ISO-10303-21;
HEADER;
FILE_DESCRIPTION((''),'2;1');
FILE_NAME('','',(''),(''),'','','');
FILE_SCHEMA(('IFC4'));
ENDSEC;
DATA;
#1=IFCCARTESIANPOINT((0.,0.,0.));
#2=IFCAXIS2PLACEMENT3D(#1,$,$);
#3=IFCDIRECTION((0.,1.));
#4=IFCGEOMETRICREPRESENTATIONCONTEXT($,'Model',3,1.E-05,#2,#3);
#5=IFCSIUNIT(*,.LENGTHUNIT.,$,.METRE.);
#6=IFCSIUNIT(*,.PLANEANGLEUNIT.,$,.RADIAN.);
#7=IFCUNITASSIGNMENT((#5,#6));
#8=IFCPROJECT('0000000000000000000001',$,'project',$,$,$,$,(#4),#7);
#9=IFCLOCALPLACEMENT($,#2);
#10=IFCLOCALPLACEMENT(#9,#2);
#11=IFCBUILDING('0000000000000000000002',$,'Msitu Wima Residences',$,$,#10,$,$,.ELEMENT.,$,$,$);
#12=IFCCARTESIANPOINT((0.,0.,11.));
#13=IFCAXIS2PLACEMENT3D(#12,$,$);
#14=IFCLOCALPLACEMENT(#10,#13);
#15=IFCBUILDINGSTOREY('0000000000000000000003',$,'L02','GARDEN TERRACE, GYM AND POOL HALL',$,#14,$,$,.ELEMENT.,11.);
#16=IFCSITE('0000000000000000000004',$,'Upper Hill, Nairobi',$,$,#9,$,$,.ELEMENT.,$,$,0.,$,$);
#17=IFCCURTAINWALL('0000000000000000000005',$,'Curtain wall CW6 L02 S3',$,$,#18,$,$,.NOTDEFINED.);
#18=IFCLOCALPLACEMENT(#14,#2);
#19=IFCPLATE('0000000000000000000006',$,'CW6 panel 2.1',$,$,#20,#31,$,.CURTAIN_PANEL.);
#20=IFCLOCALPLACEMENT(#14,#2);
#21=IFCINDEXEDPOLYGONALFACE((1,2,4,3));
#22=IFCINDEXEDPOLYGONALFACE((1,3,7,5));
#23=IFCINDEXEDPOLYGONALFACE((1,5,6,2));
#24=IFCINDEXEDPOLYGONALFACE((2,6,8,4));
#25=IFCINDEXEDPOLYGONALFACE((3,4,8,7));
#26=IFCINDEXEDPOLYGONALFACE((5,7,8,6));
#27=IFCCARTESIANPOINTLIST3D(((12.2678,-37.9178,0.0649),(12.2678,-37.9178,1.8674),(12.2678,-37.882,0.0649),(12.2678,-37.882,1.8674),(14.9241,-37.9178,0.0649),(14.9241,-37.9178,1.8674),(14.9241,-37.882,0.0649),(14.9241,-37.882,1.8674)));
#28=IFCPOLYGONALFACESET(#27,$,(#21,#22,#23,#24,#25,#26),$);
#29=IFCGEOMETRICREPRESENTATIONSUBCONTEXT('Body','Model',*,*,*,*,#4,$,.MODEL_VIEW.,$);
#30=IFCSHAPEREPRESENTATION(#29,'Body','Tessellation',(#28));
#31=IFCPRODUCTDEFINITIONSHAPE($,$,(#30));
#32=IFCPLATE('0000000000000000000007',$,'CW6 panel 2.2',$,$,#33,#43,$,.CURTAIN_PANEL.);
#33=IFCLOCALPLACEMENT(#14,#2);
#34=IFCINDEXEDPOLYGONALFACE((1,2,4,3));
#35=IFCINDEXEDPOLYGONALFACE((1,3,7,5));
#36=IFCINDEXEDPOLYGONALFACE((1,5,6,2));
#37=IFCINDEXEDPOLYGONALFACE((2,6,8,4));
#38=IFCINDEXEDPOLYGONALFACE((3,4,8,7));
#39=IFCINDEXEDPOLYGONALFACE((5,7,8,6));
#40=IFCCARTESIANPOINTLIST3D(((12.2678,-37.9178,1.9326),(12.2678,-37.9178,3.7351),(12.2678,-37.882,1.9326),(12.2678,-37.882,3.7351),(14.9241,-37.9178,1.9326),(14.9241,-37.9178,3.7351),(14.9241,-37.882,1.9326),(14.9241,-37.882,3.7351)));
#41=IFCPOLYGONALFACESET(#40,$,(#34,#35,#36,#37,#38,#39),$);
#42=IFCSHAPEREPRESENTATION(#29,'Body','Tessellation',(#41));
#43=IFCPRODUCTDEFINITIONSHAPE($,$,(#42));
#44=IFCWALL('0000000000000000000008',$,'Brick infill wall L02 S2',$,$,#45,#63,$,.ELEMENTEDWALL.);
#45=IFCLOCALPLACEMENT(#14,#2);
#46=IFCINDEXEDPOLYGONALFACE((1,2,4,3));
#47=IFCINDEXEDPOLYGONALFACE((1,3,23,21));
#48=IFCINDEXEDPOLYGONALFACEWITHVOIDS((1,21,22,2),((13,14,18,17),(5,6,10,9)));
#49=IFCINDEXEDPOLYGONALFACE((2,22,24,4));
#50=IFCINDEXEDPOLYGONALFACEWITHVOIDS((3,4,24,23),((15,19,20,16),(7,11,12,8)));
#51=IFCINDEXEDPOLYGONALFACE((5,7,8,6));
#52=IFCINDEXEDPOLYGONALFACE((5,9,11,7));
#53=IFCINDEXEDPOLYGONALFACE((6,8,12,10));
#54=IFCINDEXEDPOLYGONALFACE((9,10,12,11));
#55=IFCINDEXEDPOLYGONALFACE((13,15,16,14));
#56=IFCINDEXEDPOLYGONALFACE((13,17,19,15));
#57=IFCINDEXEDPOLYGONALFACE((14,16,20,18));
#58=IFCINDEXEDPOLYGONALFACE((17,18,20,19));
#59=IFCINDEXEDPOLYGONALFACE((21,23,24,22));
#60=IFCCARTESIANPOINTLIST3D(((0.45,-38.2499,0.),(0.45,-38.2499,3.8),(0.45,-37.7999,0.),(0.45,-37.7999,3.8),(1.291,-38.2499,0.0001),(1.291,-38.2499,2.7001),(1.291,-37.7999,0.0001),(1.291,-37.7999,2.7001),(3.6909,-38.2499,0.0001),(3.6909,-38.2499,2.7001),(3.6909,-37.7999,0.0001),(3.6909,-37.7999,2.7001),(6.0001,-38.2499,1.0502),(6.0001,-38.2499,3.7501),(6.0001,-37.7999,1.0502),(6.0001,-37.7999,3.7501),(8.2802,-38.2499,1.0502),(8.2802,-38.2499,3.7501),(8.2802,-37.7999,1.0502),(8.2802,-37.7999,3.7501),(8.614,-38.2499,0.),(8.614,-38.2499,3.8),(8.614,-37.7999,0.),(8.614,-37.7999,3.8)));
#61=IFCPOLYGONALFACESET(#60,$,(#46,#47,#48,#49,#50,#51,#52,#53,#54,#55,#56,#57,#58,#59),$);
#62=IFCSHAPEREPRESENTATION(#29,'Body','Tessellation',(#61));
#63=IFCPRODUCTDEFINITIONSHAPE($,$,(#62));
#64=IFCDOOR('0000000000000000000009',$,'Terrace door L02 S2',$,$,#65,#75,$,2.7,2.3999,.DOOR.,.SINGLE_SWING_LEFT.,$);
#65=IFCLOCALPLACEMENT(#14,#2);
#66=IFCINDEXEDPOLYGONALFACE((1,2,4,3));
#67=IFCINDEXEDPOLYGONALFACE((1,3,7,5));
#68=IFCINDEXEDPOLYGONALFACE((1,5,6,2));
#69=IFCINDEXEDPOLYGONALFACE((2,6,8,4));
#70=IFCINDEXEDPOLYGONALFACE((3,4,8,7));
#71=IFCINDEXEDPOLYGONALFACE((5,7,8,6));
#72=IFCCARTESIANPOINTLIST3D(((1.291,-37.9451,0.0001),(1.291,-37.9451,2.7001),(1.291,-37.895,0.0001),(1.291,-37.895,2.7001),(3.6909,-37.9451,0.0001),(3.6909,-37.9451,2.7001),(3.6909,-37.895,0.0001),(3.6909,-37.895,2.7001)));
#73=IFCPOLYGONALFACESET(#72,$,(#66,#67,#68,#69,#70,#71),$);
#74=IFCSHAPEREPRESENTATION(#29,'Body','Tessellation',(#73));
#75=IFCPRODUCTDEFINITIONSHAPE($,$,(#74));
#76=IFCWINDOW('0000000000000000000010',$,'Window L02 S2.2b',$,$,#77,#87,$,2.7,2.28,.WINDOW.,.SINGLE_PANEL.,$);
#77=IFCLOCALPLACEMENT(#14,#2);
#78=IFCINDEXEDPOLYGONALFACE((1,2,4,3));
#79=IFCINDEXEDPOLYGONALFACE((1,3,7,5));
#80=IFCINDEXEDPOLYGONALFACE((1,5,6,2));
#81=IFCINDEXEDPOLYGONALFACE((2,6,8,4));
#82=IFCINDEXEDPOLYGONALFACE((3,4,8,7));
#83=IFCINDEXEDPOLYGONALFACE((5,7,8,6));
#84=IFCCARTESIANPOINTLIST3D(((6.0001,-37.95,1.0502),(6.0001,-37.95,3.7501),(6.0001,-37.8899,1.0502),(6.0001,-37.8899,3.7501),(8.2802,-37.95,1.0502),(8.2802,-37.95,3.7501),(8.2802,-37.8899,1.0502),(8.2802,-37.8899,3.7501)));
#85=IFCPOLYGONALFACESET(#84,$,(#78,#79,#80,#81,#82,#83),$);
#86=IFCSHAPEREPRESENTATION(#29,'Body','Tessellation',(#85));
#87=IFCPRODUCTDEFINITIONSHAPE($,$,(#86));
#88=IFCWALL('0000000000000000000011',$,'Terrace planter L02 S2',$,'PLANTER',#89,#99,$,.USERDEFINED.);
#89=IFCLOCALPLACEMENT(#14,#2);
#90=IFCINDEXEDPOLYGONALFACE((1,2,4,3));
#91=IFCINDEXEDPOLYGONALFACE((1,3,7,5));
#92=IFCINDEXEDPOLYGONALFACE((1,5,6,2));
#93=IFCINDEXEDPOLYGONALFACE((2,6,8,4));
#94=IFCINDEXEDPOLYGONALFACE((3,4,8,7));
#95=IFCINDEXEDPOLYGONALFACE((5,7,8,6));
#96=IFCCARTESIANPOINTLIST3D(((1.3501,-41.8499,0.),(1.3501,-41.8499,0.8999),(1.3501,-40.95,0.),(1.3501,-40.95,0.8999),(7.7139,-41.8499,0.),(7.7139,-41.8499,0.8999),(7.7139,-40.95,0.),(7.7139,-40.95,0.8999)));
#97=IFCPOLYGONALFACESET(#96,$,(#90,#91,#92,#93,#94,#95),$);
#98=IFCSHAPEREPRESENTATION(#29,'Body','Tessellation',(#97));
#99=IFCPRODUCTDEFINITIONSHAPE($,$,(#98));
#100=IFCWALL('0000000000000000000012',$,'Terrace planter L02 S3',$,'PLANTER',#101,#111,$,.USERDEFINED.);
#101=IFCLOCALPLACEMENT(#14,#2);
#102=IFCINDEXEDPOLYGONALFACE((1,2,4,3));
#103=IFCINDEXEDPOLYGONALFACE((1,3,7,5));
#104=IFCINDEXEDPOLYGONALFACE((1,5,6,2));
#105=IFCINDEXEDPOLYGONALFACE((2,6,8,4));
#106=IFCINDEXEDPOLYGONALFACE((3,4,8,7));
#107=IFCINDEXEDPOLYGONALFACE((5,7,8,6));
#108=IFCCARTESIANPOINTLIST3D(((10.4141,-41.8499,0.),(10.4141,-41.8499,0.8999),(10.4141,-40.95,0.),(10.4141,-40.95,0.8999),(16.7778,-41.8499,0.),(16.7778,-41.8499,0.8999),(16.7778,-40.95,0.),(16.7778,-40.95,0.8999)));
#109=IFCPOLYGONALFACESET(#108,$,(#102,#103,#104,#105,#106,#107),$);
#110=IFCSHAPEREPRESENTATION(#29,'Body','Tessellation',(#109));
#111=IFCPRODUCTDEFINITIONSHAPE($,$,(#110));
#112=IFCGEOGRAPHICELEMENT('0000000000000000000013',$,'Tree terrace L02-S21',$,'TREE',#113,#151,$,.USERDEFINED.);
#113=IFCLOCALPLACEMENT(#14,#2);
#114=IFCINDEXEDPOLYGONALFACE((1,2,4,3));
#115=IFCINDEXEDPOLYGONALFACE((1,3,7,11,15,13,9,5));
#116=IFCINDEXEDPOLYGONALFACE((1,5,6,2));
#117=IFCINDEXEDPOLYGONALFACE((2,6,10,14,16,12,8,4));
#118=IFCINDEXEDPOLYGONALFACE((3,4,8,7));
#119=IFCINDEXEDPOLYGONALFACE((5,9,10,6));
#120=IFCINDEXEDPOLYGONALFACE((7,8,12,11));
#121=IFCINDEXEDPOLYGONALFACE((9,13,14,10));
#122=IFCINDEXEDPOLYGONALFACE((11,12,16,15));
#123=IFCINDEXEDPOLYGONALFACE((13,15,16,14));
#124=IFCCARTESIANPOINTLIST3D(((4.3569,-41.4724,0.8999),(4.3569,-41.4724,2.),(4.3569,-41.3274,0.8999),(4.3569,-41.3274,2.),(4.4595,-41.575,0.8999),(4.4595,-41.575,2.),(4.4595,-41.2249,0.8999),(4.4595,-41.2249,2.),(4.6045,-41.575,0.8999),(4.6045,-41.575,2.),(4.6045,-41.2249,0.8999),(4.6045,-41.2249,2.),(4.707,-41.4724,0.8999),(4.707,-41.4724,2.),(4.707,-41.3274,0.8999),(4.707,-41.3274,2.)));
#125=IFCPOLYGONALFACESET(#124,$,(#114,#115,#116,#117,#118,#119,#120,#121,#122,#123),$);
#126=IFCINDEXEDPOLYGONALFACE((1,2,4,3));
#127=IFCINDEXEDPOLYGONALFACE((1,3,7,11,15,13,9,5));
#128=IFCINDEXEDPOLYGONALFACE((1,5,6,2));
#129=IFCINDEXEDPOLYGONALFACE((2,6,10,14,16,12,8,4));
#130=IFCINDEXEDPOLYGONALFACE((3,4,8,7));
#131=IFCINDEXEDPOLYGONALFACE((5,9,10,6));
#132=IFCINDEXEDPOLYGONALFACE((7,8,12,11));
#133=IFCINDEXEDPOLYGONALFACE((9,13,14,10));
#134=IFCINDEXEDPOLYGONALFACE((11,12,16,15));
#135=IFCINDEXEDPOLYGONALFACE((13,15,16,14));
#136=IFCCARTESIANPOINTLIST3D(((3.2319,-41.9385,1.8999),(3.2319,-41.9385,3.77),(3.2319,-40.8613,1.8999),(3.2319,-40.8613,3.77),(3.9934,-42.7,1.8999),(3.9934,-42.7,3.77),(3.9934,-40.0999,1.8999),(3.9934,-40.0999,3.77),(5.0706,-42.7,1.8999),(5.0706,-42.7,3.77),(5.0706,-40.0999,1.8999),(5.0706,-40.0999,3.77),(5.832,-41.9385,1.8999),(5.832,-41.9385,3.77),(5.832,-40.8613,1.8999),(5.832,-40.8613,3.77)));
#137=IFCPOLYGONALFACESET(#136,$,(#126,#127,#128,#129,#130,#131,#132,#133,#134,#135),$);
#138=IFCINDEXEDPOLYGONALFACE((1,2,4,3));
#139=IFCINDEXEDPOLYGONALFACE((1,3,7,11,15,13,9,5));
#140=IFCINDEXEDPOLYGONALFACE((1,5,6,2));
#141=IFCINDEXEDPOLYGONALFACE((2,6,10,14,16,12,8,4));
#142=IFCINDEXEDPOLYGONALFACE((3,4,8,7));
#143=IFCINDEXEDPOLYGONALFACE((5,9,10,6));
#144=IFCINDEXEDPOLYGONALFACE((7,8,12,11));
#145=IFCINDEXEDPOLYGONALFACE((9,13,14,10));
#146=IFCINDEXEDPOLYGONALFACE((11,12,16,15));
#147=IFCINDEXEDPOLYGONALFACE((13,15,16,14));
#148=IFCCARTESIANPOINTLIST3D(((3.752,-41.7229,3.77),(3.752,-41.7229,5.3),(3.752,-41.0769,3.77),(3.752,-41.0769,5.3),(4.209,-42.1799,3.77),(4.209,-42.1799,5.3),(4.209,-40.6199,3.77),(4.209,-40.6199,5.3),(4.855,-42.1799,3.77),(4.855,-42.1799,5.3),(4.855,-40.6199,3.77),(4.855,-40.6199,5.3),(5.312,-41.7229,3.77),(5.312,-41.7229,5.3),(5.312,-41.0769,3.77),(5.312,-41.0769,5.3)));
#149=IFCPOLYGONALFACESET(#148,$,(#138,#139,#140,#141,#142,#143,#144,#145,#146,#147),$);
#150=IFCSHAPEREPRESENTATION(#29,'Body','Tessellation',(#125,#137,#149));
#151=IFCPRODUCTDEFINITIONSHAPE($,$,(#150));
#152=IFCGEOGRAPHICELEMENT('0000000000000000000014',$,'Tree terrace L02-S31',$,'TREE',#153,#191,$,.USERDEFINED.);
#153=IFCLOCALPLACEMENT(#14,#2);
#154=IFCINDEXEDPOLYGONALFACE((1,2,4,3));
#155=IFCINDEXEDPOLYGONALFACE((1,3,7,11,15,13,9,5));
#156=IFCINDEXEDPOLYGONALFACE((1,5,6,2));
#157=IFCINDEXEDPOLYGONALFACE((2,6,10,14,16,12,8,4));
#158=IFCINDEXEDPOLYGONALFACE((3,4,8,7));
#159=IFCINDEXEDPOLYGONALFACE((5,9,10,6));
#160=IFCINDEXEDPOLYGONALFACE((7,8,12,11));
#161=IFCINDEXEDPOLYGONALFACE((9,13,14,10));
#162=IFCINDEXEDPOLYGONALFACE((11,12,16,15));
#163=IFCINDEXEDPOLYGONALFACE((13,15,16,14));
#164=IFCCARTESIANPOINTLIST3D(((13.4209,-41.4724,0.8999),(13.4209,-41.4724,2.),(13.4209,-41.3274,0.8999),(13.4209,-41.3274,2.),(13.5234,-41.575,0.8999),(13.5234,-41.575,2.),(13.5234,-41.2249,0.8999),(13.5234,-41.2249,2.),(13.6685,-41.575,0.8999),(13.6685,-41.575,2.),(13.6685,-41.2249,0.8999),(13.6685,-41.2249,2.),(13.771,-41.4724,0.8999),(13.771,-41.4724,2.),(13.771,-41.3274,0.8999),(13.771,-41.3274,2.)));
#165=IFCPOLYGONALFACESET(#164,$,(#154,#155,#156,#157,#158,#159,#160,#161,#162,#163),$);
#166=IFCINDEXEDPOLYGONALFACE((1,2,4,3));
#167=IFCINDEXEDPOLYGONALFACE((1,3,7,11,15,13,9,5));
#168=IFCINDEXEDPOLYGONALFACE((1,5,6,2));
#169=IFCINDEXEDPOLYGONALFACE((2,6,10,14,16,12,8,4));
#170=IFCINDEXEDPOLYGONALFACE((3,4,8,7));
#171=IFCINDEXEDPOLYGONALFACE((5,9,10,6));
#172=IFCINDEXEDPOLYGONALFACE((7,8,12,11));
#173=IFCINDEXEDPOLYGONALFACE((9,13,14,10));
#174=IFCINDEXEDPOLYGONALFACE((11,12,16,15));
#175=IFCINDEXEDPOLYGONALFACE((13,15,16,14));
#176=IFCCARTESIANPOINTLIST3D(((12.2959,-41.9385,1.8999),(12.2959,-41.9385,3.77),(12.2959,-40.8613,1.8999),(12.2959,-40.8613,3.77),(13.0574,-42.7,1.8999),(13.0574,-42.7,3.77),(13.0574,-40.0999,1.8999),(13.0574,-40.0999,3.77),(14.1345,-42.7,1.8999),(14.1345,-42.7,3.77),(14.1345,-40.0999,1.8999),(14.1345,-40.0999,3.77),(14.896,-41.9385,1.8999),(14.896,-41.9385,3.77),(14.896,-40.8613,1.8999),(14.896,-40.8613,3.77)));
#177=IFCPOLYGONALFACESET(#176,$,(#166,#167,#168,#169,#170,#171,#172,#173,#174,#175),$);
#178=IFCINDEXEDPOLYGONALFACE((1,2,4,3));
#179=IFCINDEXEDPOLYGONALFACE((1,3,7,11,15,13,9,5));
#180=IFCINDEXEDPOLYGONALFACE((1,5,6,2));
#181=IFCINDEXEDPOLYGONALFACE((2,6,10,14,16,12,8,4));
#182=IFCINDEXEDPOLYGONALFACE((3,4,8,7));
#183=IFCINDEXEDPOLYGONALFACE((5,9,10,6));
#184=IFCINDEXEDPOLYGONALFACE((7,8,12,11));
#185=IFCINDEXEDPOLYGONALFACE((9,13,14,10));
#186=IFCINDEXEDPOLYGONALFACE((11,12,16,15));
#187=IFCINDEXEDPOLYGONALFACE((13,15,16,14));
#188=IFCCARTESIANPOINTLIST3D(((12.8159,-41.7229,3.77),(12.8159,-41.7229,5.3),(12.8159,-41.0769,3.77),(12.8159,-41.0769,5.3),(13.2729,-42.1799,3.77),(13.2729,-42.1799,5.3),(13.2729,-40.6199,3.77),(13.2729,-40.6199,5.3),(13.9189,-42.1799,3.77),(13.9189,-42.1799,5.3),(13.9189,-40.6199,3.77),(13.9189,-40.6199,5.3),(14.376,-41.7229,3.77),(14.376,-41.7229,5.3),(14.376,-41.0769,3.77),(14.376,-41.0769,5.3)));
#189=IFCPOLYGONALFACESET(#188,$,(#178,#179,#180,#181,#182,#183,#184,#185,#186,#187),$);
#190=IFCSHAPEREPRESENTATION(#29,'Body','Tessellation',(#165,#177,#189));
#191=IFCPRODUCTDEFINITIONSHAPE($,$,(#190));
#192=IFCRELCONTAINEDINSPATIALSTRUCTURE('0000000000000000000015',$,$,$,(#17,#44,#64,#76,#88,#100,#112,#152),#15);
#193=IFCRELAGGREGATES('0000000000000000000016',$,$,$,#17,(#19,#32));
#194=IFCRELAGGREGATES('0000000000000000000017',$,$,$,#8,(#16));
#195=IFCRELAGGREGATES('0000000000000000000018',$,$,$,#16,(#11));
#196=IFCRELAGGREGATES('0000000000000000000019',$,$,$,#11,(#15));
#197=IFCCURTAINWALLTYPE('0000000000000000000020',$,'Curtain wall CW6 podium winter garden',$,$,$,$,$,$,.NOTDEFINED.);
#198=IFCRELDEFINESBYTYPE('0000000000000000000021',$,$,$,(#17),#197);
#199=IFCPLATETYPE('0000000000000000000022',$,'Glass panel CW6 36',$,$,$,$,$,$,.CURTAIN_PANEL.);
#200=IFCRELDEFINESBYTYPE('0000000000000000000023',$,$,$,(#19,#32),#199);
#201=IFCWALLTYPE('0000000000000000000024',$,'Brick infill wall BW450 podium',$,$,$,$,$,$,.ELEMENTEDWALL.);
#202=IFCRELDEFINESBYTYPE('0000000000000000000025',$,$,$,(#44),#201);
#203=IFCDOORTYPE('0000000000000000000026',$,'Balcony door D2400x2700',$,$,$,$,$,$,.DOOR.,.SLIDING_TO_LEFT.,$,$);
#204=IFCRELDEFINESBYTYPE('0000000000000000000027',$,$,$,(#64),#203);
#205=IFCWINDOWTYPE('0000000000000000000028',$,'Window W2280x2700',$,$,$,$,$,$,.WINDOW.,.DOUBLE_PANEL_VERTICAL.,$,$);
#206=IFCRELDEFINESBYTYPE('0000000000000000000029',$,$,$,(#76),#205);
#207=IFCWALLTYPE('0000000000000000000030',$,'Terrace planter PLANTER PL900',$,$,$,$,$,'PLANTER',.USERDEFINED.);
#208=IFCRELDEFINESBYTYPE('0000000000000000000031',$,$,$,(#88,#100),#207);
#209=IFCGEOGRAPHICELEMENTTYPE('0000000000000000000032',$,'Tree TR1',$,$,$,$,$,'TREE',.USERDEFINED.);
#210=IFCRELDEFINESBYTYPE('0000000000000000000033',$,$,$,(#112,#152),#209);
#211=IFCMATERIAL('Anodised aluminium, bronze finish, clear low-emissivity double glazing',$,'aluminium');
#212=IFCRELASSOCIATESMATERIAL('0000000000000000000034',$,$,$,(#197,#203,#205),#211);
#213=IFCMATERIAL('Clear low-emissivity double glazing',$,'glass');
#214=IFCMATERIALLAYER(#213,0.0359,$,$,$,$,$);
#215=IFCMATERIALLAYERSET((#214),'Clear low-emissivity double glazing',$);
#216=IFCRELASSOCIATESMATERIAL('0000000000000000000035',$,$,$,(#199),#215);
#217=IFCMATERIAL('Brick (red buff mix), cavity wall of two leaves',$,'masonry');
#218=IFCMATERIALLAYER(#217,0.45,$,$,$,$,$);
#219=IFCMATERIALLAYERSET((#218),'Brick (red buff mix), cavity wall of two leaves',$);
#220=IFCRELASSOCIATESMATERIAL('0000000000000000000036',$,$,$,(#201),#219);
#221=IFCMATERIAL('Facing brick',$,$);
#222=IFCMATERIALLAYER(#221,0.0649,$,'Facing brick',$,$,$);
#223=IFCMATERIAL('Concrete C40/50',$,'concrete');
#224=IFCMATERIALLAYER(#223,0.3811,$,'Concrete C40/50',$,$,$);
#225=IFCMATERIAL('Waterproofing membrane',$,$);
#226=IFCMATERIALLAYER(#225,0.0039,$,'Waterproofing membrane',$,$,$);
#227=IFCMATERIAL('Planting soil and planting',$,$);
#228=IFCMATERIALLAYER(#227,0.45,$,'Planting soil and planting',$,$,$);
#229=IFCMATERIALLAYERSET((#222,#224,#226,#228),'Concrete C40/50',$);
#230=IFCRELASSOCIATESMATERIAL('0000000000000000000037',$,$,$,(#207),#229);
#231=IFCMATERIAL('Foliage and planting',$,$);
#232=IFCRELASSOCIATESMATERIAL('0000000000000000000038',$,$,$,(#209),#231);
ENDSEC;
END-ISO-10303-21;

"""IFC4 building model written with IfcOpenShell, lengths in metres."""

from ifc_helpers import new_model, si_unit, direction, frame, frame_2d, origin, origin_2d, place, context, subcontext, project, spatial, polyline, rectangle, outline, extrude, material, layer, layer_set, type_object, element, fill, aggregate, save


model = new_model("IFC4")

# Units and contexts
model_context = context("Model", 3, precision=1e-05, world=origin(), true_north=direction((0.0, 1.0)))
body_context = subcontext(model_context, "Body", "Model", "MODEL_VIEW")
ifc_project = project(units=[si_unit("LENGTHUNIT", "METRE"), si_unit("PLANEANGLEUNIT", "RADIAN")], contexts=[model_context])

# Site, building, storey
site_placement = place(None, origin())
site = spatial("IfcSite", under=ifc_project, at=site_placement, Name="Upper Hill, Nairobi", CompositionType="ELEMENT", RefElevation=0.0)
building_placement = place(site_placement, origin())
building = spatial("IfcBuilding", under=site, at=building_placement, Name="Msitu Wima Residences", CompositionType="ELEMENT")
storey_placement = place(building_placement, frame((0.0, 0.0, 11.0)))
storey = spatial("IfcBuildingStorey", under=building, at=storey_placement, Name="L02", Description="GARDEN TERRACE, GYM AND POOL HALL", CompositionType="ELEMENT", Elevation=11.0)

# Curtain wall, plates
ifc_material_1 = material(Name="Anodised aluminium, bronze finish, clear low-emissivity double glazing", Category="aluminium")
curtain_wall_type = type_object("IfcCurtainWallType", Name="Curtain wall CW6 podium winter garden", PredefinedType="NOTDEFINED", material=ifc_material_1)
curtain_wall_placement = place(storey_placement, origin())
curtain_wall = element("IfcCurtainWall", 1, at=curtain_wall_placement, inside=storey, type_object=curtain_wall_type, Name="Curtain wall CW6 L02 S3", PredefinedType="NOTDEFINED")
ifc_material_2 = material(Name="Clear low-emissivity double glazing", Category="glass")
ifc_layer_1 = layer(ifc_material_2, 0.0359)
ifc_layer_set_1 = layer_set([ifc_layer_1], Name="Clear low-emissivity double glazing")
plate_type = type_object("IfcPlateType", Name="Glass panel CW6 36", PredefinedType="CURTAIN_PANEL", material=ifc_layer_set_1)
plate_1_placement = place(storey_placement, frame((13.5959, -37.8999, 0.0649), z_axis=(0.0, 0.0, 1.0), x_axis=(1.0, 0.0, 0.0)))
plate_1 = element("IfcPlate", 2, at=plate_1_placement, type_object=plate_type, Name="CW6 panel 2.1", PredefinedType="CURTAIN_PANEL", context=body_context, shape_type="SweptSolid", body=[
    extrude(rectangle(XDim=2.6562, YDim=0.0359, at=origin_2d()), origin(), (0.0, 0.0, 1.0), 1.8025),
])
plate_2_placement = place(storey_placement, frame((13.5959, -37.8999, 1.9326), z_axis=(0.0, 0.0, 1.0), x_axis=(1.0, 0.0, 0.0)))
plate_2 = element("IfcPlate", 3, at=plate_2_placement, type_object=plate_type, Name="CW6 panel 2.2", PredefinedType="CURTAIN_PANEL", context=body_context, shape_type="SweptSolid", body=[
    extrude(rectangle(XDim=2.6562, YDim=0.0359, at=origin_2d()), origin(), (0.0, 0.0, 1.0), 1.8025),
])
aggregate(curtain_wall, [plate_1, plate_2])

# Wall, openings, door, window
ifc_material_3 = material(Name="Brick (red buff mix), cavity wall of two leaves", Category="masonry")
ifc_layer_2 = layer(ifc_material_3, 0.45)
ifc_layer_set_2 = layer_set([ifc_layer_2], Name="Brick (red buff mix), cavity wall of two leaves")
wall_type_1 = type_object("IfcWallType", Name="Brick infill wall BW450 podium", PredefinedType="ELEMENTEDWALL", material=ifc_layer_set_2)
wall_placement = place(storey_placement, frame((0.45, -38.0249, 0.0), z_axis=(0.0, 0.0, 1.0), x_axis=(1.0, 0.0, 0.0)))
wall = element("IfcWall", 4, at=wall_placement, inside=storey, type_object=wall_type_1, Name="Brick infill wall L02 S2", PredefinedType="ELEMENTEDWALL", context=body_context, shape_type="SweptSolid", body=[
    extrude(rectangle(XDim=8.1641, YDim=0.45, at=frame_2d((4.082, 0.0))), origin(), (0.0, 0.0, 1.0), 3.8),
])
opening_1_placement = place(wall_placement, frame((0.8411, 0.0, 0.0)))
opening_1 = element("IfcOpeningElement", 5, at=opening_1_placement, cuts=wall, PredefinedType="OPENING", context=body_context, shape_type="SweptSolid", body=[
    extrude(rectangle(XDim=2.3999, YDim=2.7, at=frame_2d((1.2, 1.3501))), frame((0.0, 0.2349, 0.0), z_axis=(0.0, -1.0, 0.0), x_axis=(1.0, 0.0, 0.0)), (0.0, 0.0, 1.0), 0.47),
])
opening_2_placement = place(wall_placement, frame((5.55, 0.0, 1.05)))
opening_2 = element("IfcOpeningElement", 6, at=opening_2_placement, cuts=wall, PredefinedType="OPENING", context=body_context, shape_type="SweptSolid", body=[
    extrude(rectangle(XDim=2.28, YDim=2.7, at=frame_2d((1.1401, 1.3501))), frame((0.0, 0.2349, 0.0), z_axis=(0.0, -1.0, 0.0), x_axis=(1.0, 0.0, 0.0)), (0.0, 0.0, 1.0), 0.47),
])
door_type = type_object("IfcDoorType", Name="Balcony door D2400x2700", OperationType="SLIDING_TO_LEFT", PredefinedType="DOOR", material=ifc_material_1)
door_placement = place(opening_1_placement, origin())
door = element("IfcDoor", 7, at=door_placement, inside=storey, type_object=door_type, Name="Terrace door L02 S2", OperationType="SINGLE_SWING_LEFT", OverallHeight=2.7, OverallWidth=2.3999, PredefinedType="DOOR", context=body_context, shape_type="SweptSolid", body=[
    extrude(rectangle(XDim=2.3999, YDim=2.7, at=frame_2d((1.2, 1.3501))), frame((0.0, 0.1299, 0.0), z_axis=(0.0, -1.0, 0.0), x_axis=(1.0, 0.0, 0.0)), (0.0, 0.0, 1.0), 0.05),
])
fill(opening_1, door)
window_type = type_object("IfcWindowType", Name="Window W2280x2700", PartitioningType="DOUBLE_PANEL_VERTICAL", PredefinedType="WINDOW", material=ifc_material_1)
window_placement = place(opening_2_placement, origin())
window = element("IfcWindow", 8, at=window_placement, inside=storey, type_object=window_type, Name="Window L02 S2.2b", OverallHeight=2.7, OverallWidth=2.28, PartitioningType="SINGLE_PANEL", PredefinedType="WINDOW", context=body_context, shape_type="SweptSolid", body=[
    extrude(rectangle(XDim=2.28, YDim=2.7, at=frame_2d((1.1401, 1.3501))), frame((0.0, 0.135, 0.0), z_axis=(0.0, -1.0, 0.0), x_axis=(1.0, 0.0, 0.0)), (0.0, 0.0, 1.0), 0.0601),
])
fill(opening_2, window)

# Walls
ifc_material_4 = material(Name="Facing brick")
ifc_layer_3 = layer(ifc_material_4, 0.0649, Name="Facing brick")
ifc_material_5 = material(Name="Concrete C40/50", Category="concrete")
ifc_layer_4 = layer(ifc_material_5, 0.3811, Name="Concrete C40/50")
ifc_material_6 = material(Name="Waterproofing membrane")
ifc_layer_5 = layer(ifc_material_6, 0.0039, Name="Waterproofing membrane")
ifc_material_7 = material(Name="Planting soil and planting")
ifc_layer_6 = layer(ifc_material_7, 0.45, Name="Planting soil and planting")
ifc_layer_set_3 = layer_set([ifc_layer_3, ifc_layer_4, ifc_layer_5, ifc_layer_6], Name="Concrete C40/50")
wall_type_2 = type_object("IfcWallType", Name="Terrace planter PLANTER PL900", ElementType="PLANTER", PredefinedType="USERDEFINED", material=ifc_layer_set_3)
for number, where, z_axis, x_axis, name in (
    (9, (1.3501, -41.3999, 0.0), (0.0, 0.0, 1.0), (1.0, 0.0, 0.0), "Terrace planter L02 S2"),
    (10, (10.4141, -41.3999, 0.0), (0.0, 0.0, 1.0), (1.0, 0.0, 0.0), "Terrace planter L02 S3"),
):
    element("IfcWall", number, at=place(storey_placement, frame(where, z_axis=z_axis, x_axis=x_axis)), inside=storey, type_object=wall_type_2, Name=name, ObjectType="PLANTER", PredefinedType="USERDEFINED", context=body_context, shape_type="SweptSolid", body=[
        extrude(rectangle(XDim=6.3638, YDim=0.8999, at=frame_2d((3.1819, 0.0))), origin(), (0.0, 0.0, 1.0), 0.8999),
    ])

# Geographic elements
ifc_material_8 = material(Name="Foliage and planting")
geographic_element_type = type_object("IfcGeographicElementType", Name="Tree TR1", ElementType="TREE", PredefinedType="USERDEFINED", material=ifc_material_8)
for number, where, z_axis, x_axis, name in (
    (11, (4.532, -41.3999, 0.8999), (0.0, 0.0, 1.0), (1.0, 0.0, 0.0), "Tree terrace L02-S21"),
    (12, (13.5959, -41.3999, 0.8999), (0.0, 0.0, 1.0), (1.0, 0.0, 0.0), "Tree terrace L02-S31"),
):
    element("IfcGeographicElement", number, at=place(storey_placement, frame(where, z_axis=z_axis, x_axis=x_axis)), inside=storey, type_object=geographic_element_type, Name=name, ObjectType="TREE", PredefinedType="USERDEFINED", context=body_context, shape_type="SweptSolid", body=[
        extrude(outline(polyline([(0.175, 0.0725), (0.0725, 0.175), (-0.0725, 0.175), (-0.175, 0.0725), (-0.175, -0.0725), (-0.0725, -0.175), (0.0725, -0.175), (0.175, -0.0725), (0.175, 0.0725)])), origin(), (0.0, 0.0, 1.0), 1.1001),
        extrude(outline(polyline([(1.3, 0.5386), (0.5386, 1.3), (-0.5386, 1.3), (-1.3, 0.5386), (-1.3, -0.5386), (-0.5386, -1.3), (0.5386, -1.3), (1.3, -0.5386), (1.3, 0.5386)])), frame((0.0, 0.0, 1.0)), (0.0, 0.0, 1.0), 1.8701),
        extrude(outline(polyline([(0.78, 0.323), (0.323, 0.78), (-0.323, 0.78), (-0.78, 0.323), (-0.78, -0.323), (-0.323, -0.78), (0.323, -0.78), (0.78, -0.323), (0.78, 0.323)])), frame((0.0, 0.0, 2.8701)), (0.0, 0.0, 1.0), 1.53),
    ])

save(model, "model.ifc")
